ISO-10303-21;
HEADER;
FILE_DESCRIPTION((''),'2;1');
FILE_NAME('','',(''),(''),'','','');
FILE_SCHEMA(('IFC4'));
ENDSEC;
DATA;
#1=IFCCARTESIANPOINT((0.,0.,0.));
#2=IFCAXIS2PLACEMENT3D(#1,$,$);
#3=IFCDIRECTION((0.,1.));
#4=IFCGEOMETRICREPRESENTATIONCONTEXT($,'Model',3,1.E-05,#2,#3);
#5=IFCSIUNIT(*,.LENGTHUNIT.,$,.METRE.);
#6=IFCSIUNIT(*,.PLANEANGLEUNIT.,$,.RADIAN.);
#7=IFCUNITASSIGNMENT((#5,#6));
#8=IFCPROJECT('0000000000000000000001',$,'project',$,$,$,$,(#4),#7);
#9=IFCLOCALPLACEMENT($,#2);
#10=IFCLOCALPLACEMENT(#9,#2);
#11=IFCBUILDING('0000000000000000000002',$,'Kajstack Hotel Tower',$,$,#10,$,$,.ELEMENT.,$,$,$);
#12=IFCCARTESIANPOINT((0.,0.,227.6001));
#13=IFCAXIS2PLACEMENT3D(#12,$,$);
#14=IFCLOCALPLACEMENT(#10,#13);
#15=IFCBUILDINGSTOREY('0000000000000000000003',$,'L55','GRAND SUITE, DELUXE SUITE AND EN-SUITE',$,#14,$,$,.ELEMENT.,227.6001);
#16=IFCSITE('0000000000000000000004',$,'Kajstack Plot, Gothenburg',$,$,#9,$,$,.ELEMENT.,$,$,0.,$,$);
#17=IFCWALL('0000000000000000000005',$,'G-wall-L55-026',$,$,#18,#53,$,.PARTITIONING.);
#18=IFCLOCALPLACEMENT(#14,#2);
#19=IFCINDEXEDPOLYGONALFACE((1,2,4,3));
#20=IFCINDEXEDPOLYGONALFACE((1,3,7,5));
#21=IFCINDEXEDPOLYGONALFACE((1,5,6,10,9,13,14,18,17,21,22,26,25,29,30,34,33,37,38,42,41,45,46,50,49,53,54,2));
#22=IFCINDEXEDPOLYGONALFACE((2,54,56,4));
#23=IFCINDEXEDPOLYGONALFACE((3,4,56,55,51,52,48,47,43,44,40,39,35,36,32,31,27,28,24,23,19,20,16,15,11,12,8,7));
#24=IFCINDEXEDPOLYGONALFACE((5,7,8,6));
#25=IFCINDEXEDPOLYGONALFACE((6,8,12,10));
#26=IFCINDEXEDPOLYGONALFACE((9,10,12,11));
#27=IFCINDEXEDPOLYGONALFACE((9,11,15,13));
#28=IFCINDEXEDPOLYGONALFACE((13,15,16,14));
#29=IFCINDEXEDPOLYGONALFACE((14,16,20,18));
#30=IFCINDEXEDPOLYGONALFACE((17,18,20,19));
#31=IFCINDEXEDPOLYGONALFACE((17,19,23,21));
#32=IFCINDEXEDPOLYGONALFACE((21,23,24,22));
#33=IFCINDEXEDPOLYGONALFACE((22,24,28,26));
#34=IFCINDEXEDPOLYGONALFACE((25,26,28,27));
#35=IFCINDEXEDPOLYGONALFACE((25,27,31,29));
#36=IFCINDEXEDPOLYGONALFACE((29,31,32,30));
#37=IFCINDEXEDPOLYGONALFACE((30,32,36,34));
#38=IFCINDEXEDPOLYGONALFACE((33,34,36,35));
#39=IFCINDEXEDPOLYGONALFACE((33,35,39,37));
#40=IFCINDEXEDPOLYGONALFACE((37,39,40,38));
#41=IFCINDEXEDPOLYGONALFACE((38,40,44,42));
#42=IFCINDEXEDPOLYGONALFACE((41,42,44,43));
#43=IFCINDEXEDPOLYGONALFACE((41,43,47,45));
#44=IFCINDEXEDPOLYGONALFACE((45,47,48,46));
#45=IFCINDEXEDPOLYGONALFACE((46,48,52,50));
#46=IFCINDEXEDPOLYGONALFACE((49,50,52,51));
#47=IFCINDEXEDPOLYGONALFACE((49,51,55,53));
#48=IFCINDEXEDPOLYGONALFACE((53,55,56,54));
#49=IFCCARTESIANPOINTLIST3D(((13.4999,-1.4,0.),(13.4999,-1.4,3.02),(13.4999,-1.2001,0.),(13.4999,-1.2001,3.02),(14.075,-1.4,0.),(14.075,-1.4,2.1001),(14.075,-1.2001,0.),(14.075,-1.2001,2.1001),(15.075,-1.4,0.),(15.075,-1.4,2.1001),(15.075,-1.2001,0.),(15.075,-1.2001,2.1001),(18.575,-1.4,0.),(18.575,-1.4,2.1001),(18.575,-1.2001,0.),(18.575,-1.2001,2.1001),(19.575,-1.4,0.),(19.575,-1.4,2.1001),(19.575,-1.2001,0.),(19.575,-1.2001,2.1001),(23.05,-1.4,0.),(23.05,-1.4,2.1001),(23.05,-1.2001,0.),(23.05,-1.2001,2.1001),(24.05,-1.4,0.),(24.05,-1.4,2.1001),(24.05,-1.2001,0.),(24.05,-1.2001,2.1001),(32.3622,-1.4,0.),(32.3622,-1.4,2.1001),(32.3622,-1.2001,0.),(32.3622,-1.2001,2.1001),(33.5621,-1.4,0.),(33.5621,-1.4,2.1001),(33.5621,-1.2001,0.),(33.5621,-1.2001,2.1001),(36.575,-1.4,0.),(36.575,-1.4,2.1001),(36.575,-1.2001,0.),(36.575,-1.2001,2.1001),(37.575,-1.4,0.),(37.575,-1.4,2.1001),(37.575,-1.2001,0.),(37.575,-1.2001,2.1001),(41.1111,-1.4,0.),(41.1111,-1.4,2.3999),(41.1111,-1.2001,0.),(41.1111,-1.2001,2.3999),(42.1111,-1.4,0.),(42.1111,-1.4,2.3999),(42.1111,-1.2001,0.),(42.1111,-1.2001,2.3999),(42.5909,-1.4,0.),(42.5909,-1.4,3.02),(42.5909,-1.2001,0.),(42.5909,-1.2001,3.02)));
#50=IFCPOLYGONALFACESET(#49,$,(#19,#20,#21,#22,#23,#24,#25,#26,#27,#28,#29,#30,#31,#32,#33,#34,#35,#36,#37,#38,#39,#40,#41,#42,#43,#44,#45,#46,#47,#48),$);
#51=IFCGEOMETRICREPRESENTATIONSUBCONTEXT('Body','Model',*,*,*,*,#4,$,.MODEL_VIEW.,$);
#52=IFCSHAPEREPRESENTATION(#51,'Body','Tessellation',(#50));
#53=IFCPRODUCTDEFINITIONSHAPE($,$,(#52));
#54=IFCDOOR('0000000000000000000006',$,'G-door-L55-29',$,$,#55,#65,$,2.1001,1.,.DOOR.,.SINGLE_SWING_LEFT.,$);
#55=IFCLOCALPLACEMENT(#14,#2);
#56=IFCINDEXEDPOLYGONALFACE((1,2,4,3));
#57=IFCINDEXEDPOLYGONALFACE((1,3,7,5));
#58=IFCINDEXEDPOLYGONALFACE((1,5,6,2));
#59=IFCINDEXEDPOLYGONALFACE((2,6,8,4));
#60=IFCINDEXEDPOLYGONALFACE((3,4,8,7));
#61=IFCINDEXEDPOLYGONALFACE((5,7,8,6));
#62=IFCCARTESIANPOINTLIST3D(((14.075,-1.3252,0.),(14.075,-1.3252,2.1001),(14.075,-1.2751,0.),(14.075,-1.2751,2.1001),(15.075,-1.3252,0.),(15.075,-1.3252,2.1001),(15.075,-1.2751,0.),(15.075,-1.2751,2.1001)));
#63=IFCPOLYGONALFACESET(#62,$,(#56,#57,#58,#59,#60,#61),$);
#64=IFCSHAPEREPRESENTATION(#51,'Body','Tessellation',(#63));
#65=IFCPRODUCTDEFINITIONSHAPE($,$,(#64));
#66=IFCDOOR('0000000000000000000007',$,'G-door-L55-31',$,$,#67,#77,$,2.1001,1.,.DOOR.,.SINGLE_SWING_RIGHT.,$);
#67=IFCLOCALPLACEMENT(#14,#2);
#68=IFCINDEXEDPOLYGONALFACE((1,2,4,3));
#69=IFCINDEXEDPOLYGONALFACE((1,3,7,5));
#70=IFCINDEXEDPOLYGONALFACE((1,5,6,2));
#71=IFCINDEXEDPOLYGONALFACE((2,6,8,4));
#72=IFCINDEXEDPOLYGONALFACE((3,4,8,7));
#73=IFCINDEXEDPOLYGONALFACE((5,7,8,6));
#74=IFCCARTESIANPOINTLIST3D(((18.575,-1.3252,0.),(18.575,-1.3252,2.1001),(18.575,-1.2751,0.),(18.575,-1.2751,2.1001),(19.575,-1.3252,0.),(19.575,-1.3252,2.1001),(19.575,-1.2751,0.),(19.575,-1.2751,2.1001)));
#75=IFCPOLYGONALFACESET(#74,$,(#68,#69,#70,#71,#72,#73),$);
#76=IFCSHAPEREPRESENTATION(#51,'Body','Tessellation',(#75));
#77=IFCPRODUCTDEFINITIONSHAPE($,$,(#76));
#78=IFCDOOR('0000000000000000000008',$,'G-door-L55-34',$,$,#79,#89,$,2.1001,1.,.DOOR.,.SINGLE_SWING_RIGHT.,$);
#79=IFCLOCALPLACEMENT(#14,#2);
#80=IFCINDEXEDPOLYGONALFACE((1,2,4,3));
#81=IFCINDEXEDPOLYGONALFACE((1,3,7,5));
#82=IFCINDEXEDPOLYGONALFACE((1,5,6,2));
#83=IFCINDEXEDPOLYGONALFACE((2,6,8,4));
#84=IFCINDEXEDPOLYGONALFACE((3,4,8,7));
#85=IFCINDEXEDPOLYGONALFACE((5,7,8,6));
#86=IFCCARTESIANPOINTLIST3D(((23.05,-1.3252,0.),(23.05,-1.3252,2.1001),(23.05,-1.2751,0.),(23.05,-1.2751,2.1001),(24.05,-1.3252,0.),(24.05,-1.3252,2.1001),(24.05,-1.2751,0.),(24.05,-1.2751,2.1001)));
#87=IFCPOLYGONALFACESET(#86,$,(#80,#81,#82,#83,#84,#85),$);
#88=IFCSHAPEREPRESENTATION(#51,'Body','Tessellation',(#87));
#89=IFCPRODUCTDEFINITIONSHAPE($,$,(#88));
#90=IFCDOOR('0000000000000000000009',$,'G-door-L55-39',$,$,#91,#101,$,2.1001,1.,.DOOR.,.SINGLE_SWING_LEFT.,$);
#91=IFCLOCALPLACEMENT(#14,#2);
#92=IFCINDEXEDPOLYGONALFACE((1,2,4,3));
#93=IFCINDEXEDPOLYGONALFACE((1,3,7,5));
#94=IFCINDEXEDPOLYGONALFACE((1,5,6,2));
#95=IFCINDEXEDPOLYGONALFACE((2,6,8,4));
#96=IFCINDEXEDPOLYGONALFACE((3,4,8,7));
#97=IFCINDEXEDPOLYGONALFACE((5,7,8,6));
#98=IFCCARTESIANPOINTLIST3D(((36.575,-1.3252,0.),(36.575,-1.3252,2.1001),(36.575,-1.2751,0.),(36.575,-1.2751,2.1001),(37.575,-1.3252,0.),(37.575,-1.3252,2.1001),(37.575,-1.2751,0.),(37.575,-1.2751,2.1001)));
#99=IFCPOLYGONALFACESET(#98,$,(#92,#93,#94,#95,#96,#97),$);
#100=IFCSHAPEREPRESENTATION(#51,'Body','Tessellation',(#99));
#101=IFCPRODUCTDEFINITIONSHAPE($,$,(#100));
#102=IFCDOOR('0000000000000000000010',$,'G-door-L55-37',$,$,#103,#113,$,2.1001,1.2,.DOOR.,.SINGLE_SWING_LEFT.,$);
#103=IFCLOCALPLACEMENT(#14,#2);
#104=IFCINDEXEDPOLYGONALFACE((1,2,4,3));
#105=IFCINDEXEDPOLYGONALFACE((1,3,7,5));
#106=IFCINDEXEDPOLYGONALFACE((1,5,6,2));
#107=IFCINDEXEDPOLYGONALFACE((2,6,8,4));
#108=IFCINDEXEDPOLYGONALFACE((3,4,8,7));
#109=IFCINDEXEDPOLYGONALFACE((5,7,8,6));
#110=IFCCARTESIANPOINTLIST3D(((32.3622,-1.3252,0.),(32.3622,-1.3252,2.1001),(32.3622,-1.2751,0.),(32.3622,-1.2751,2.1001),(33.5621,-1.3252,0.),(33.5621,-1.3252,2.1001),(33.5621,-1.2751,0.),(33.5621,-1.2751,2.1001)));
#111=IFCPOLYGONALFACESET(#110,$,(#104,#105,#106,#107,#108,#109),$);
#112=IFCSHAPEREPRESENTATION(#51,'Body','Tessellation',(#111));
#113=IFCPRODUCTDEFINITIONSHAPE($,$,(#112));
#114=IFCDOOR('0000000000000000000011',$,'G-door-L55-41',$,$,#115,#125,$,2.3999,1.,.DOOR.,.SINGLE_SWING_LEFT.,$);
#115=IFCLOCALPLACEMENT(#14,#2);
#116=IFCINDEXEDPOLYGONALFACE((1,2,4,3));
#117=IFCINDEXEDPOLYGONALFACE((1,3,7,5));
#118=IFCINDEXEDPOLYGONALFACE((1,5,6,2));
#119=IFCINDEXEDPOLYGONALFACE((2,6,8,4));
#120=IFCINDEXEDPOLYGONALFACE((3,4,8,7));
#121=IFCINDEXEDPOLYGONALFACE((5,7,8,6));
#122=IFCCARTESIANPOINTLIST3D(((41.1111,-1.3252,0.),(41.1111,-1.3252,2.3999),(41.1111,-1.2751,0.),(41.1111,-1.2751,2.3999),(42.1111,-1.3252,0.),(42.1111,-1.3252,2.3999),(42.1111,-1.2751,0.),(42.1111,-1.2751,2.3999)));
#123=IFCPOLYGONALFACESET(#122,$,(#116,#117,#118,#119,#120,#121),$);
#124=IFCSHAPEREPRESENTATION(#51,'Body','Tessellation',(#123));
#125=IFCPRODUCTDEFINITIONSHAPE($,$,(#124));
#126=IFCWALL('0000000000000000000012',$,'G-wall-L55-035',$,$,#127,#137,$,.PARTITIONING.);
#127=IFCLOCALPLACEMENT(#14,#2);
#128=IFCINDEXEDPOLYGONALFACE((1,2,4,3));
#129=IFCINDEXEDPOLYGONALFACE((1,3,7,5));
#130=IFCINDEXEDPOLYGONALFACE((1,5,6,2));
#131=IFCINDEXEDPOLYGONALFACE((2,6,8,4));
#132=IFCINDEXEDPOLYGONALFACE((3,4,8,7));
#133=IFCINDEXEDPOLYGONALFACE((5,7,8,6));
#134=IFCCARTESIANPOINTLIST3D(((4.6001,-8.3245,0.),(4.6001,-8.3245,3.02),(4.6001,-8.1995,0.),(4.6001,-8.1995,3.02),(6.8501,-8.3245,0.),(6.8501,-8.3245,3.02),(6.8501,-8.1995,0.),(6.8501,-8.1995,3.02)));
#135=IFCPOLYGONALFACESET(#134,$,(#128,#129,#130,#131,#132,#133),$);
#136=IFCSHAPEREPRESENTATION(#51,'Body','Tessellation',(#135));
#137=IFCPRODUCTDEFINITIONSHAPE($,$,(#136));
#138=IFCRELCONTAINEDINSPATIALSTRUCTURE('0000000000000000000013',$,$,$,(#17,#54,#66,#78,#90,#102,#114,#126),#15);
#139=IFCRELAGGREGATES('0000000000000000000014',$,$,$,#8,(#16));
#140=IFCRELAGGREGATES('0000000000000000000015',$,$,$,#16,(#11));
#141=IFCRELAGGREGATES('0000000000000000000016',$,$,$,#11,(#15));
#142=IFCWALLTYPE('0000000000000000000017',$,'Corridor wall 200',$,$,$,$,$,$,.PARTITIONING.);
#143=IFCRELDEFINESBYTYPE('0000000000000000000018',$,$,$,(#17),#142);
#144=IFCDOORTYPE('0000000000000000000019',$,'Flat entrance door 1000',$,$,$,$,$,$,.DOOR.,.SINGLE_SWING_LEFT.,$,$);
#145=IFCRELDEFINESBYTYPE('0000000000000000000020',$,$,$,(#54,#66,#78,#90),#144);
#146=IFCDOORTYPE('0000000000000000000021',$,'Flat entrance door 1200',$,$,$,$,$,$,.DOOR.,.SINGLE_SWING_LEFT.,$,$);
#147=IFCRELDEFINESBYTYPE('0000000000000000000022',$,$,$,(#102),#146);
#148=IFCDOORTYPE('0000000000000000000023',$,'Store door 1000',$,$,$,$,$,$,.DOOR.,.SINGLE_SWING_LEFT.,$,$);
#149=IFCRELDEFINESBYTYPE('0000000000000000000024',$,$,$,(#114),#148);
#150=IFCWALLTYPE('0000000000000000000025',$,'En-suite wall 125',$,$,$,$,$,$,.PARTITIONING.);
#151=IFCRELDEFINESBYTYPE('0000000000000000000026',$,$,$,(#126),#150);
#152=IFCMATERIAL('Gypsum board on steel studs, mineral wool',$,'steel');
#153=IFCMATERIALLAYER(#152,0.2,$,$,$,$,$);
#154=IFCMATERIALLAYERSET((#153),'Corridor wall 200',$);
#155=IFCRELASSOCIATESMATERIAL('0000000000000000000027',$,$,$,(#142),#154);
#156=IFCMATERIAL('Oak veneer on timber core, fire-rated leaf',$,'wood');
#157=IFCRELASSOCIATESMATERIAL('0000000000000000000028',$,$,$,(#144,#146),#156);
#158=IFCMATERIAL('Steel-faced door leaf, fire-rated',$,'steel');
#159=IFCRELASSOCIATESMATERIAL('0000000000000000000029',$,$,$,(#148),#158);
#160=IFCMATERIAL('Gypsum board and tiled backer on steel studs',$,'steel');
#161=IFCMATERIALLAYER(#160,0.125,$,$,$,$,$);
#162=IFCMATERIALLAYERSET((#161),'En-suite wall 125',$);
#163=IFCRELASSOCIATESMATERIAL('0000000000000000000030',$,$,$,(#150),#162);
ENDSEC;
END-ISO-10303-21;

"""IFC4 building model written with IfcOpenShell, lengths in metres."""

from ifc_helpers import new_model, si_unit, direction, frame, frame_2d, origin, place, context, subcontext, project, spatial, rectangle, extrude, material, layer, layer_set, type_object, element, fill, save


model = new_model("IFC4")

# Units and contexts
model_context = context("Model", 3, precision=1e-05, world=origin(), true_north=direction((0.0, 1.0)))
body_context = subcontext(model_context, "Body", "Model", "MODEL_VIEW")
ifc_project = project(units=[si_unit("LENGTHUNIT", "METRE"), si_unit("PLANEANGLEUNIT", "RADIAN")], contexts=[model_context])

# Site, building, storey
site_placement = place(None, origin())
site = spatial("IfcSite", under=ifc_project, at=site_placement, Name="Kajstack Plot, Gothenburg", CompositionType="ELEMENT", RefElevation=0.0)
building_placement = place(site_placement, origin())
building = spatial("IfcBuilding", under=site, at=building_placement, Name="Kajstack Hotel Tower", CompositionType="ELEMENT")
storey_placement = place(building_placement, frame((0.0, 0.0, 227.6001)))
storey = spatial("IfcBuildingStorey", under=building, at=storey_placement, Name="L55", Description="GRAND SUITE, DELUXE SUITE AND EN-SUITE", CompositionType="ELEMENT", Elevation=227.6001)

# Wall, openings, doors
ifc_material_1 = material(Name="Gypsum board on steel studs, mineral wool", Category="steel")
ifc_layer_1 = layer(ifc_material_1, 0.2)
ifc_layer_set_1 = layer_set([ifc_layer_1], Name="Corridor wall 200")
wall_type_1 = type_object("IfcWallType", Name="Corridor wall 200", PredefinedType="PARTITIONING", material=ifc_layer_set_1)
wall_1_placement = place(storey_placement, frame((13.5, -1.3, 0.0), z_axis=(0.0, 0.0, 1.0), x_axis=(1.0, 0.0, 0.0)))
wall_1 = element("IfcWall", 1, at=wall_1_placement, inside=storey, type_object=wall_type_1, Name="G-wall-L55-026", PredefinedType="PARTITIONING", context=body_context, shape_type="SweptSolid", body=[
    extrude(rectangle(XDim=29.0911, YDim=0.2, at=frame_2d((14.5454, 0.0))), origin(), (0.0, 0.0, 1.0), 3.02),
])
opening_1_placement = place(wall_1_placement, frame((0.575, 0.0, 0.0)))
opening_1 = element("IfcOpeningElement", 2, at=opening_1_placement, cuts=wall_1, PredefinedType="OPENING", context=body_context, shape_type="SweptSolid", body=[
    extrude(rectangle(XDim=1.0, YDim=2.1001, at=frame_2d((0.5, 1.05))), frame((0.0, 0.1099, 0.0), z_axis=(0.0, -1.0, 0.0), x_axis=(1.0, 0.0, 0.0)), (0.0, 0.0, 1.0), 0.22),
])
opening_2_placement = place(wall_1_placement, frame((5.075, 0.0, 0.0)))
opening_2 = element("IfcOpeningElement", 3, at=opening_2_placement, cuts=wall_1, PredefinedType="OPENING", context=body_context, shape_type="SweptSolid", body=[
    extrude(rectangle(XDim=1.0, YDim=2.1001, at=frame_2d((0.5, 1.05))), frame((0.0, 0.1099, 0.0), z_axis=(0.0, -1.0, 0.0), x_axis=(1.0, 0.0, 0.0)), (0.0, 0.0, 1.0), 0.22),
])
opening_3_placement = place(wall_1_placement, frame((9.55, 0.0, 0.0)))
opening_3 = element("IfcOpeningElement", 4, at=opening_3_placement, cuts=wall_1, PredefinedType="OPENING", context=body_context, shape_type="SweptSolid", body=[
    extrude(rectangle(XDim=1.0, YDim=2.1001, at=frame_2d((0.5, 1.05))), frame((0.0, 0.1099, 0.0), z_axis=(0.0, -1.0, 0.0), x_axis=(1.0, 0.0, 0.0)), (0.0, 0.0, 1.0), 0.22),
])
opening_4_placement = place(wall_1_placement, frame((18.8621, 0.0, 0.0)))
opening_4 = element("IfcOpeningElement", 5, at=opening_4_placement, cuts=wall_1, PredefinedType="OPENING", context=body_context, shape_type="SweptSolid", body=[
    extrude(rectangle(XDim=1.2, YDim=2.1001, at=frame_2d((0.6001, 1.05))), frame((0.0, 0.1099, 0.0), z_axis=(0.0, -1.0, 0.0), x_axis=(1.0, 0.0, 0.0)), (0.0, 0.0, 1.0), 0.22),
])
opening_5_placement = place(wall_1_placement, frame((23.075, 0.0, 0.0)))
opening_5 = element("IfcOpeningElement", 6, at=opening_5_placement, cuts=wall_1, PredefinedType="OPENING", context=body_context, shape_type="SweptSolid", body=[
    extrude(rectangle(XDim=1.0, YDim=2.1001, at=frame_2d((0.5, 1.05))), frame((0.0, 0.1099, 0.0), z_axis=(0.0, -1.0, 0.0), x_axis=(1.0, 0.0, 0.0)), (0.0, 0.0, 1.0), 0.22),
])
opening_6_placement = place(wall_1_placement, frame((27.6111, 0.0, 0.0)))
opening_6 = element("IfcOpeningElement", 7, at=opening_6_placement, cuts=wall_1, PredefinedType="OPENING", context=body_context, shape_type="SweptSolid", body=[
    extrude(rectangle(XDim=1.0, YDim=2.3999, at=frame_2d((0.5, 1.2))), frame((0.0, 0.1099, 0.0), z_axis=(0.0, -1.0, 0.0), x_axis=(1.0, 0.0, 0.0)), (0.0, 0.0, 1.0), 0.22),
])
ifc_material_2 = material(Name="Oak veneer on timber core, fire-rated leaf", Category="wood")
door_type_1 = type_object("IfcDoorType", Name="Flat entrance door 1000", OperationType="SINGLE_SWING_LEFT", PredefinedType="DOOR", material=ifc_material_2)
door_1_placement = place(opening_1_placement, origin())
door_1 = element("IfcDoor", 8, at=door_1_placement, inside=storey, type_object=door_type_1, Name="G-door-L55-29", OperationType="SINGLE_SWING_LEFT", OverallHeight=2.1001, OverallWidth=1.0, PredefinedType="DOOR", context=body_context, shape_type="SweptSolid", body=[
    extrude(rectangle(XDim=1.0, YDim=2.1001, at=frame_2d((0.5, 1.05))), frame((0.0, 0.0249, 0.0), z_axis=(0.0, -1.0, 0.0), x_axis=(1.0, 0.0, 0.0)), (0.0, 0.0, 1.0), 0.05),
])
fill(opening_1, door_1)
door_2_placement = place(opening_2_placement, origin())
door_2 = element("IfcDoor", 9, at=door_2_placement, inside=storey, type_object=door_type_1, Name="G-door-L55-31", OperationType="SINGLE_SWING_RIGHT", OverallHeight=2.1001, OverallWidth=1.0, PredefinedType="DOOR", context=body_context, shape_type="SweptSolid", body=[
    extrude(rectangle(XDim=1.0, YDim=2.1001, at=frame_2d((0.5, 1.05))), frame((0.0, 0.0249, 0.0), z_axis=(0.0, -1.0, 0.0), x_axis=(1.0, 0.0, 0.0)), (0.0, 0.0, 1.0), 0.05),
])
fill(opening_2, door_2)
door_3_placement = place(opening_3_placement, origin())
door_3 = element("IfcDoor", 10, at=door_3_placement, inside=storey, type_object=door_type_1, Name="G-door-L55-34", OperationType="SINGLE_SWING_RIGHT", OverallHeight=2.1001, OverallWidth=1.0, PredefinedType="DOOR", context=body_context, shape_type="SweptSolid", body=[
    extrude(rectangle(XDim=1.0, YDim=2.1001, at=frame_2d((0.5, 1.05))), frame((0.0, 0.0249, 0.0), z_axis=(0.0, -1.0, 0.0), x_axis=(1.0, 0.0, 0.0)), (0.0, 0.0, 1.0), 0.05),
])
fill(opening_3, door_3)
door_4_placement = place(opening_5_placement, origin())
door_4 = element("IfcDoor", 11, at=door_4_placement, inside=storey, type_object=door_type_1, Name="G-door-L55-39", OperationType="SINGLE_SWING_LEFT", OverallHeight=2.1001, OverallWidth=1.0, PredefinedType="DOOR", context=body_context, shape_type="SweptSolid", body=[
    extrude(rectangle(XDim=1.0, YDim=2.1001, at=frame_2d((0.5, 1.05))), frame((0.0, 0.0249, 0.0), z_axis=(0.0, -1.0, 0.0), x_axis=(1.0, 0.0, 0.0)), (0.0, 0.0, 1.0), 0.05),
])
fill(opening_5, door_4)
door_type_2 = type_object("IfcDoorType", Name="Flat entrance door 1200", OperationType="SINGLE_SWING_LEFT", PredefinedType="DOOR", material=ifc_material_2)
door_5_placement = place(opening_4_placement, origin())
door_5 = element("IfcDoor", 12, at=door_5_placement, inside=storey, type_object=door_type_2, Name="G-door-L55-37", OperationType="SINGLE_SWING_LEFT", OverallHeight=2.1001, OverallWidth=1.2, PredefinedType="DOOR", context=body_context, shape_type="SweptSolid", body=[
    extrude(rectangle(XDim=1.2, YDim=2.1001, at=frame_2d((0.6001, 1.05))), frame((0.0, 0.0249, 0.0), z_axis=(0.0, -1.0, 0.0), x_axis=(1.0, 0.0, 0.0)), (0.0, 0.0, 1.0), 0.05),
])
fill(opening_4, door_5)
ifc_material_3 = material(Name="Steel-faced door leaf, fire-rated", Category="steel")
door_type_3 = type_object("IfcDoorType", Name="Store door 1000", OperationType="SINGLE_SWING_LEFT", PredefinedType="DOOR", material=ifc_material_3)
door_6_placement = place(opening_6_placement, origin())
door_6 = element("IfcDoor", 13, at=door_6_placement, inside=storey, type_object=door_type_3, Name="G-door-L55-41", OperationType="SINGLE_SWING_LEFT", OverallHeight=2.3999, OverallWidth=1.0, PredefinedType="DOOR", context=body_context, shape_type="SweptSolid", body=[
    extrude(rectangle(XDim=1.0, YDim=2.3999, at=frame_2d((0.5, 1.2))), frame((0.0, 0.0249, 0.0), z_axis=(0.0, -1.0, 0.0), x_axis=(1.0, 0.0, 0.0)), (0.0, 0.0, 1.0), 0.05),
])
fill(opening_6, door_6)

# Wall
ifc_material_4 = material(Name="Gypsum board and tiled backer on steel studs", Category="steel")
ifc_layer_2 = layer(ifc_material_4, 0.125)
ifc_layer_set_2 = layer_set([ifc_layer_2], Name="En-suite wall 125")
wall_type_2 = type_object("IfcWallType", Name="En-suite wall 125", PredefinedType="PARTITIONING", material=ifc_layer_set_2)
wall_2_placement = place(storey_placement, frame((4.6001, -8.262, 0.0), z_axis=(0.0, 0.0, 1.0), x_axis=(1.0, 0.0, 0.0)))
element("IfcWall", 14, at=wall_2_placement, inside=storey, type_object=wall_type_2, Name="G-wall-L55-035", PredefinedType="PARTITIONING", context=body_context, shape_type="SweptSolid", body=[
    extrude(rectangle(XDim=2.25, YDim=0.125, at=frame_2d((1.125, 0.0))), origin(), (0.0, 0.0, 1.0), 3.02),
])

save(model, "model.ifc")
